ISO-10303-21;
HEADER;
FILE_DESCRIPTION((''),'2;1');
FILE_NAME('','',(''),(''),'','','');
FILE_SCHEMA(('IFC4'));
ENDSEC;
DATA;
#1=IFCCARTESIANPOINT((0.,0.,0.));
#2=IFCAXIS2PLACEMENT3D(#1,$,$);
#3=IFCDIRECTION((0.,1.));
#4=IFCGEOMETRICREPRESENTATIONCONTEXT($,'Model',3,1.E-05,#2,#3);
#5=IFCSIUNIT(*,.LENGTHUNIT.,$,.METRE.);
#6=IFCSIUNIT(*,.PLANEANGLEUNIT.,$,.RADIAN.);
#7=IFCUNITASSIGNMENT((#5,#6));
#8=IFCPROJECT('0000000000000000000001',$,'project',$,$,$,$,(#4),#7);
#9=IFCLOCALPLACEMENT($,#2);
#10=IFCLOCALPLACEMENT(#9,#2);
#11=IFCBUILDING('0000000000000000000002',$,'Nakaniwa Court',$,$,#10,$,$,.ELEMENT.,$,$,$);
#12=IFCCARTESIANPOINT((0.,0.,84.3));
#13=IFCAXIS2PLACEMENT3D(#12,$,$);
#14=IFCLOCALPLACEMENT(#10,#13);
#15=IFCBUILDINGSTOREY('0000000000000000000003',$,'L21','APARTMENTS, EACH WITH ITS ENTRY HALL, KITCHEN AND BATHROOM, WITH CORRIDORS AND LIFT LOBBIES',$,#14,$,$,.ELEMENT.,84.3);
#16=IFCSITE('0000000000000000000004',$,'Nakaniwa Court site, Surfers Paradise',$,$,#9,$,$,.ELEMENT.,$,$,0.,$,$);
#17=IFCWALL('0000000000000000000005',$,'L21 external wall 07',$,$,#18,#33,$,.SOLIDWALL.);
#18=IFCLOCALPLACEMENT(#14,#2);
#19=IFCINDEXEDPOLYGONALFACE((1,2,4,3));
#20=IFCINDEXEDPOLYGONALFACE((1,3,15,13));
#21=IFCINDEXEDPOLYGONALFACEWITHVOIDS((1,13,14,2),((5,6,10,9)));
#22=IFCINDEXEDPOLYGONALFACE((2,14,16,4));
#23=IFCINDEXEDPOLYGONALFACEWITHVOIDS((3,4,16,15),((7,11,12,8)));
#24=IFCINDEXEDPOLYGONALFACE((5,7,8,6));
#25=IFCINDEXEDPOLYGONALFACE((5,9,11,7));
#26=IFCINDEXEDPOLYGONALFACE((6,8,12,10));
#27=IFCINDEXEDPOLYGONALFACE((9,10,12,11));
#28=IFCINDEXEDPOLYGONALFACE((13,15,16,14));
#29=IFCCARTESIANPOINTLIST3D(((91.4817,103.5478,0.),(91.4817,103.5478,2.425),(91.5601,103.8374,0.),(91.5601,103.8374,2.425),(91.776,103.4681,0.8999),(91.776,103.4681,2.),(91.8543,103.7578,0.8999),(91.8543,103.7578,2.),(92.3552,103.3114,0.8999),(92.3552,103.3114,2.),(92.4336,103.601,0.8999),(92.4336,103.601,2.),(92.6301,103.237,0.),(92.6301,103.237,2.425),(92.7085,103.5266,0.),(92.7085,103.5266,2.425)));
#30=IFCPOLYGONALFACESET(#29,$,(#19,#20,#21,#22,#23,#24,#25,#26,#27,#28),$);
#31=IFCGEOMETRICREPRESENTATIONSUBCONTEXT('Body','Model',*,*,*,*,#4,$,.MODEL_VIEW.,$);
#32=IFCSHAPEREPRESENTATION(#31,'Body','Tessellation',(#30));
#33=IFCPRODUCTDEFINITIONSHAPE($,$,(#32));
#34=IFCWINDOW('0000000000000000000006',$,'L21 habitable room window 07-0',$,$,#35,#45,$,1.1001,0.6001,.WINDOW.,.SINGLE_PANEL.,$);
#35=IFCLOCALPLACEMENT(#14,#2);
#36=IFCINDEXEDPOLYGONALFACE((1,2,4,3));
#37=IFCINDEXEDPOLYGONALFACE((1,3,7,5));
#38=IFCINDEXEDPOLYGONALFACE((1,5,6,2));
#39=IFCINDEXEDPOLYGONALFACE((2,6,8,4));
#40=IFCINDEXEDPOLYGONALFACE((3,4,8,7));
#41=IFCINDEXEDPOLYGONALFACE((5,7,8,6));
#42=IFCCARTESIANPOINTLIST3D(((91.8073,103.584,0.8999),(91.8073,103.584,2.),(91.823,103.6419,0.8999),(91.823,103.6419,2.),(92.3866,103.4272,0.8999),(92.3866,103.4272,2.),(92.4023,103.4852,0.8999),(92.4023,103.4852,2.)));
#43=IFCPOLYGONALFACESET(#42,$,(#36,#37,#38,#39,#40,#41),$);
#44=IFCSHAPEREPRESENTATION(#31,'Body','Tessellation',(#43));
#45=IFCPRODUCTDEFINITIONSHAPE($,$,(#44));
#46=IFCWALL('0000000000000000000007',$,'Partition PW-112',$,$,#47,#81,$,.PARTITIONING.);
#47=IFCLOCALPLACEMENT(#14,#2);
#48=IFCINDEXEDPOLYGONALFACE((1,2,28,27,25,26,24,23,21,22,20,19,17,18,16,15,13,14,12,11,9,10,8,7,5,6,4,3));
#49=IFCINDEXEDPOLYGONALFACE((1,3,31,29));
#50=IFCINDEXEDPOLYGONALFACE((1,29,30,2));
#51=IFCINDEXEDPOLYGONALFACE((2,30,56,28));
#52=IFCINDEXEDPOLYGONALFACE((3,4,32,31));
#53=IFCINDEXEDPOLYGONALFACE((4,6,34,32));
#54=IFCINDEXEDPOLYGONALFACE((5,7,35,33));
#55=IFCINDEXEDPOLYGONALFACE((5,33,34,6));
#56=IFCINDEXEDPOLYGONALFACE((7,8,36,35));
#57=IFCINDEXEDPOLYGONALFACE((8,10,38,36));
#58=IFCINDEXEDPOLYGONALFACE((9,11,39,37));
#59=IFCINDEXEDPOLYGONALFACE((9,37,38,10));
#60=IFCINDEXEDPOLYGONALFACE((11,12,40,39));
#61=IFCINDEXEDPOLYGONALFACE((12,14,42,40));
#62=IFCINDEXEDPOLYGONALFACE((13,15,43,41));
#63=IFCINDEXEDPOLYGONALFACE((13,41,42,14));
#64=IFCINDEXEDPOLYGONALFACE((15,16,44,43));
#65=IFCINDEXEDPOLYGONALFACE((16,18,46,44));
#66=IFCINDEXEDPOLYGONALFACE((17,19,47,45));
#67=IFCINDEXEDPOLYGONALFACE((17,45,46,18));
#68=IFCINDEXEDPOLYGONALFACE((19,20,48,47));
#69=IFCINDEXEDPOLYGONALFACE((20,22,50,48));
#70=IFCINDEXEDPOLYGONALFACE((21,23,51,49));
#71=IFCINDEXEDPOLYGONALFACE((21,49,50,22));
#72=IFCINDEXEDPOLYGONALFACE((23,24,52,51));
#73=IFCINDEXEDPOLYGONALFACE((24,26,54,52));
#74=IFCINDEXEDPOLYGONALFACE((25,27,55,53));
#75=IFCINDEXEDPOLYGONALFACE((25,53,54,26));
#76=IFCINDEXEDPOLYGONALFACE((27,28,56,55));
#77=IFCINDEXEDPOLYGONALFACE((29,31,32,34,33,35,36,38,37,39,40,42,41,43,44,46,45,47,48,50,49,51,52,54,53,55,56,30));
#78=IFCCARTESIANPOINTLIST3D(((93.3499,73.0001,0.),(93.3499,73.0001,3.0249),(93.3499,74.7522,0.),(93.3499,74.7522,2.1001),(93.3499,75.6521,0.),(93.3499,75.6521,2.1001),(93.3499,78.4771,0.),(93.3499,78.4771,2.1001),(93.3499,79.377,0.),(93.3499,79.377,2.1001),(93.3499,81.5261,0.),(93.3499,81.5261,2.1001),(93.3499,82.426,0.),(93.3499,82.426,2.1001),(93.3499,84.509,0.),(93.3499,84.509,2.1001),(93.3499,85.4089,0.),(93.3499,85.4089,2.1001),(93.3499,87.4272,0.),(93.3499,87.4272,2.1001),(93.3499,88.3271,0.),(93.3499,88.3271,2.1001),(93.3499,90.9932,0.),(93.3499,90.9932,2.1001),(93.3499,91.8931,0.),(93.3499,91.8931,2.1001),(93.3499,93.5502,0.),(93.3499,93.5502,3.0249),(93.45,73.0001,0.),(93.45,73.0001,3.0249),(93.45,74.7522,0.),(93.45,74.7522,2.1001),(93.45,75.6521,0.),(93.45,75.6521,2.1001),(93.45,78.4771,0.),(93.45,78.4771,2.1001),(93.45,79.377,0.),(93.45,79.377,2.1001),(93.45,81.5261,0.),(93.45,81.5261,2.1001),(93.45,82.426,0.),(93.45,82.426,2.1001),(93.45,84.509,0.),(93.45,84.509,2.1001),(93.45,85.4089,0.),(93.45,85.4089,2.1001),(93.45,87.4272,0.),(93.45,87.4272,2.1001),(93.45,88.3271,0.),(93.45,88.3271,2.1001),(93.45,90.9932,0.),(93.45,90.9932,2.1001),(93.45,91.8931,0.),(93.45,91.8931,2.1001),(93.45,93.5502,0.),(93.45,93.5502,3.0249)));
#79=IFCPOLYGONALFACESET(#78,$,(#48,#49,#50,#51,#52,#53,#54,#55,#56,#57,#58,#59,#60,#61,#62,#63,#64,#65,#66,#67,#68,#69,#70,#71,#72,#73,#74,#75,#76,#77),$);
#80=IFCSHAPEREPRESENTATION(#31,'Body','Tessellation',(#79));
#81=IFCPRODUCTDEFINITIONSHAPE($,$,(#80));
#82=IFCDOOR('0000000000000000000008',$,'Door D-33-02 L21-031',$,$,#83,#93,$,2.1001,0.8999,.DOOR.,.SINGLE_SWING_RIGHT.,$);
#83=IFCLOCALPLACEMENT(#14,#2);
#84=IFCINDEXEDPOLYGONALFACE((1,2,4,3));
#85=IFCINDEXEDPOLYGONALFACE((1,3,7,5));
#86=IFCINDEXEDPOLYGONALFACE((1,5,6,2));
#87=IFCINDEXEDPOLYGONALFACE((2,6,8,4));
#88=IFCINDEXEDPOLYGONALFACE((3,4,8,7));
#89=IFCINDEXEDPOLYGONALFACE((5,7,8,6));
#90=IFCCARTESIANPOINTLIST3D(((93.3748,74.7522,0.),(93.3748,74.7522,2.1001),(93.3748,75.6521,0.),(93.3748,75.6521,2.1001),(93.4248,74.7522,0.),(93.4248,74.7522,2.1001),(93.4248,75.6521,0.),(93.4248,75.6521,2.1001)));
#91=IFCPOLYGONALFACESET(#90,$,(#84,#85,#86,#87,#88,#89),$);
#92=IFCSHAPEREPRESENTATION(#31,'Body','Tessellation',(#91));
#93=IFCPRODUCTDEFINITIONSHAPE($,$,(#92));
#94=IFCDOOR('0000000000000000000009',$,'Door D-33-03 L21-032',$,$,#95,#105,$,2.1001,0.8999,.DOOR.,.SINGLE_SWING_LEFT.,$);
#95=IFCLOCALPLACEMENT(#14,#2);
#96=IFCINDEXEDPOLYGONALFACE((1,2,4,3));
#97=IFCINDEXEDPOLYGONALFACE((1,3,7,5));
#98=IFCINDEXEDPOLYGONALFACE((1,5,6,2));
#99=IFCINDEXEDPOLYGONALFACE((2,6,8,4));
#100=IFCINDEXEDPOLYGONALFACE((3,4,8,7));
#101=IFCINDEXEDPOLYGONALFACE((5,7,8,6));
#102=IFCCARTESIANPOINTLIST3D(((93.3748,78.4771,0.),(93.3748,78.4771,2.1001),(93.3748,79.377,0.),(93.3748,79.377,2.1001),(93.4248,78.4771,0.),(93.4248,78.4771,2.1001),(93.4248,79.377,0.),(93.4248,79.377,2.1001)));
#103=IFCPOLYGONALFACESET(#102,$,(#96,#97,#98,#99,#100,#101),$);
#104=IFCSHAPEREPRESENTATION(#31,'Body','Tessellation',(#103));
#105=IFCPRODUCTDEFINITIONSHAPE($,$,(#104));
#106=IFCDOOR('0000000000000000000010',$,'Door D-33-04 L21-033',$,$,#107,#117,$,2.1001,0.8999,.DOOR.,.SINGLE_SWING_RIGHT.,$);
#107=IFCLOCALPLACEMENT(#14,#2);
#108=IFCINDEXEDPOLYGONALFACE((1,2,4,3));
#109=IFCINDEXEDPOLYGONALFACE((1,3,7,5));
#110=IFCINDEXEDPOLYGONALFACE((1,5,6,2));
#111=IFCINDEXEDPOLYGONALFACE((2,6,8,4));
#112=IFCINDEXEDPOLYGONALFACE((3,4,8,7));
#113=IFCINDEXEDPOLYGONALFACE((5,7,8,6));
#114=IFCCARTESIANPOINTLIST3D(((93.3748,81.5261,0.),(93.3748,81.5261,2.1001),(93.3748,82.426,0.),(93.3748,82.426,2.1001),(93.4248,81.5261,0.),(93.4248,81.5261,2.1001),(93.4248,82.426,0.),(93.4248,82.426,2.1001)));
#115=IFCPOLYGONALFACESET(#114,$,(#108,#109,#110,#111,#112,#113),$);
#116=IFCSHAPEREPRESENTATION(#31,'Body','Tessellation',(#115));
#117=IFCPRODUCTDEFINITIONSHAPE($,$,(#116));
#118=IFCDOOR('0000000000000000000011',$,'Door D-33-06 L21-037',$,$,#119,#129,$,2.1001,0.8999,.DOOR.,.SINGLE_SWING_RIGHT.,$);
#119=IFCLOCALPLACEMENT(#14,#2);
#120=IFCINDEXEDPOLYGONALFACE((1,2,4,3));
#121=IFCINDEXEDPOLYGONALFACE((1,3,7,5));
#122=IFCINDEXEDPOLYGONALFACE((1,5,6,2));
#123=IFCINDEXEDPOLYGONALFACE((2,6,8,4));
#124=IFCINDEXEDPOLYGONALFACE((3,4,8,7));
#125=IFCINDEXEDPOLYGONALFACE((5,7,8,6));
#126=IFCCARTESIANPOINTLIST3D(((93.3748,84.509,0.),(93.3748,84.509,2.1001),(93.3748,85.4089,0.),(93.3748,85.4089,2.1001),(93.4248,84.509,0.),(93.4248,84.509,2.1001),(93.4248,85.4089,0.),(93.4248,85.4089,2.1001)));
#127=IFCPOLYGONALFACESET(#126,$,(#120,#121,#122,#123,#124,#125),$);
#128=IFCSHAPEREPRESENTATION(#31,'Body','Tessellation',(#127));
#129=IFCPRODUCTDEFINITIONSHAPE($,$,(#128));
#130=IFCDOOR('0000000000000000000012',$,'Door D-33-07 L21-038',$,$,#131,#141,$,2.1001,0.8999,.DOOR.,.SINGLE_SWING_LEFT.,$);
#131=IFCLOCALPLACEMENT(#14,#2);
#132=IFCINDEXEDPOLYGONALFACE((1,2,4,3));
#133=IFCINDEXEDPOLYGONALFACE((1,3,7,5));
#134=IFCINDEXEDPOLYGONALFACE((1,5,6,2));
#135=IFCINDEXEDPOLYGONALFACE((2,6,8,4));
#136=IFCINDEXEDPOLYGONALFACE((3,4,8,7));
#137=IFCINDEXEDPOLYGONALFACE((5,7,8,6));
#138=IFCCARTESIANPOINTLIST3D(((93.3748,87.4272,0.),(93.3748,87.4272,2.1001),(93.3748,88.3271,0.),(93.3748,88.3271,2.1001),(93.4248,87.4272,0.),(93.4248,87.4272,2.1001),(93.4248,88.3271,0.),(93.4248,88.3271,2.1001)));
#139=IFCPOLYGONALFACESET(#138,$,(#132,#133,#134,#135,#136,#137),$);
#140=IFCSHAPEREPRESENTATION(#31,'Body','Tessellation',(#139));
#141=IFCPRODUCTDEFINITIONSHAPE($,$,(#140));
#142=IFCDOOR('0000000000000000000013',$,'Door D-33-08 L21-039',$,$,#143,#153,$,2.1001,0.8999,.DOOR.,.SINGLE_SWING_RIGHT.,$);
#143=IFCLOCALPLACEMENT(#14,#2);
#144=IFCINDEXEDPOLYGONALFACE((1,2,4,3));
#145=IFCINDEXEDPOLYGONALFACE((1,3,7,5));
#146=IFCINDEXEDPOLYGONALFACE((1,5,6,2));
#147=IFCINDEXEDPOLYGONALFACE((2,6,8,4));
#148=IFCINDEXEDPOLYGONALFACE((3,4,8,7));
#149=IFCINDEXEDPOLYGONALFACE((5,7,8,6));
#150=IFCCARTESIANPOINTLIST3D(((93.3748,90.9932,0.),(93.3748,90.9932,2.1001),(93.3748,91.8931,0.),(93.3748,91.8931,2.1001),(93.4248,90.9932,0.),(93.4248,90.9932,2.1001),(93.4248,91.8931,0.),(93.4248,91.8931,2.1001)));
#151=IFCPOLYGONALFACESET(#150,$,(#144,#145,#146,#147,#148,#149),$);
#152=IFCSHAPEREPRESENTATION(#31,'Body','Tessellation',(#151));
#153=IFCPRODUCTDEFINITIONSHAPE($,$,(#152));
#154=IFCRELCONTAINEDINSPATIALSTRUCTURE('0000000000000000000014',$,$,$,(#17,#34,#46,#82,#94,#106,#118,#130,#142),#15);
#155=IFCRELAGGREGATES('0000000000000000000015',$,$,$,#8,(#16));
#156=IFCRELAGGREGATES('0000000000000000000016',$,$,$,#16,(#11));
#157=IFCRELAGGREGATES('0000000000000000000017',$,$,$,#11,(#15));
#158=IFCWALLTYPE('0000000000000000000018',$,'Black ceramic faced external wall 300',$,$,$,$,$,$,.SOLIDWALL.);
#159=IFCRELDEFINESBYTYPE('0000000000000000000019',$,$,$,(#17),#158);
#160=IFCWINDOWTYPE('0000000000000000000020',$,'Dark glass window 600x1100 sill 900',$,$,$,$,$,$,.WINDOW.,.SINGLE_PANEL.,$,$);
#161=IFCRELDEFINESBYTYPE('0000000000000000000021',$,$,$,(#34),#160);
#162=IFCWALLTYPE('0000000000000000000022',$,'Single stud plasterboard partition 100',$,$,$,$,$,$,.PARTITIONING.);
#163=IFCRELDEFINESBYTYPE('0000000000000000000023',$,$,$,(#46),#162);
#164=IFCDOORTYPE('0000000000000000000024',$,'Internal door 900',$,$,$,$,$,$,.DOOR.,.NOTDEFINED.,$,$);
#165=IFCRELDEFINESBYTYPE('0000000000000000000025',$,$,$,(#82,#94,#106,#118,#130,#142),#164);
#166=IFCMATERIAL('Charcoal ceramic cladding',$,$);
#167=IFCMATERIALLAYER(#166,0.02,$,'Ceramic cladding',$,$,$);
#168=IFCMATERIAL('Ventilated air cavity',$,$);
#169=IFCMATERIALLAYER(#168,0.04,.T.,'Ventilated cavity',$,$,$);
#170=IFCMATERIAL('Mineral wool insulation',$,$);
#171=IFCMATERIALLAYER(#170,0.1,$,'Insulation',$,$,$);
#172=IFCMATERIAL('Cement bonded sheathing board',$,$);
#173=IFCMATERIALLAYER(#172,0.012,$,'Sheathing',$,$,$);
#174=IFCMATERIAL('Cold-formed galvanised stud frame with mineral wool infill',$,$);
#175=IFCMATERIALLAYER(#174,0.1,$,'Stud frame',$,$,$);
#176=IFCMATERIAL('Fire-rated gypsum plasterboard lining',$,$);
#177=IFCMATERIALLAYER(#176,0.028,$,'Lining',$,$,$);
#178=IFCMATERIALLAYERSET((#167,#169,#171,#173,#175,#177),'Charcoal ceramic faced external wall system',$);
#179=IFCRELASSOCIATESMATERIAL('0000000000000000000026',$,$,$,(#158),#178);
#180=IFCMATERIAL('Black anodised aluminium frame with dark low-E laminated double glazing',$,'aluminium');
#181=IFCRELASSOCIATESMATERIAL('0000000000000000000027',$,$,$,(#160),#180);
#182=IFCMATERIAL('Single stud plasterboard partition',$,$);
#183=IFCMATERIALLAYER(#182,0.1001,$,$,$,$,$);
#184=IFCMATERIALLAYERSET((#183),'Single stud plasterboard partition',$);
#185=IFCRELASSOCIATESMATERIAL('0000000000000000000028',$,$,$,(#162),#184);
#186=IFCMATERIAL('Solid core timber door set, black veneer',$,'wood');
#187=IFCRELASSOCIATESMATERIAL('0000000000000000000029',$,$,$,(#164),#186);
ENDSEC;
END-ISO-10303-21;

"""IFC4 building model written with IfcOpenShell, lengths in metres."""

from ifc_helpers import new_model, si_unit, direction, frame, frame_2d, origin, place, context, subcontext, project, spatial, rectangle, extrude, material, layer, layer_set, type_object, element, fill, save


model = new_model("IFC4")

# Units and contexts
model_context = context("Model", 3, precision=1e-05, world=origin(), true_north=direction((0.0, 1.0)))
body_context = subcontext(model_context, "Body", "Model", "MODEL_VIEW")
ifc_project = project(units=[si_unit("LENGTHUNIT", "METRE"), si_unit("PLANEANGLEUNIT", "RADIAN")], contexts=[model_context])

# Site, building, storey
site_placement = place(None, origin())
site = spatial("IfcSite", under=ifc_project, at=site_placement, Name="Nakaniwa Court site, Surfers Paradise", CompositionType="ELEMENT", RefElevation=0.0)
building_placement = place(site_placement, origin())
building = spatial("IfcBuilding", under=site, at=building_placement, Name="Nakaniwa Court", CompositionType="ELEMENT")
storey_placement = place(building_placement, frame((0.0, 0.0, 84.3)))
storey = spatial("IfcBuildingStorey", under=building, at=storey_placement, Name="L21", Description="APARTMENTS, EACH WITH ITS ENTRY HALL, KITCHEN AND BATHROOM, WITH CORRIDORS AND LIFT LOBBIES", CompositionType="ELEMENT", Elevation=84.3)

# Wall, opening, window
ifc_material_1 = material(Name="Charcoal ceramic cladding")
ifc_layer_1 = layer(ifc_material_1, 0.02, Name="Ceramic cladding")
ifc_material_2 = material(Name="Ventilated air cavity")
ifc_layer_2 = layer(ifc_material_2, 0.04, ventilated=True, Name="Ventilated cavity")
ifc_material_3 = material(Name="Mineral wool insulation")
ifc_layer_3 = layer(ifc_material_3, 0.1, Name="Insulation")
ifc_material_4 = material(Name="Cement bonded sheathing board")
ifc_layer_4 = layer(ifc_material_4, 0.012, Name="Sheathing")
ifc_material_5 = material(Name="Cold-formed galvanised stud frame with mineral wool infill")
ifc_layer_5 = layer(ifc_material_5, 0.1, Name="Stud frame")
ifc_material_6 = material(Name="Fire-rated gypsum plasterboard lining")
ifc_layer_6 = layer(ifc_material_6, 0.028, Name="Lining")
ifc_layer_set_1 = layer_set([ifc_layer_1, ifc_layer_2, ifc_layer_3, ifc_layer_4, ifc_layer_5, ifc_layer_6], Name="Charcoal ceramic faced external wall system")
wall_type_1 = type_object("IfcWallType", Name="Black ceramic faced external wall 300", PredefinedType="SOLIDWALL", material=ifc_layer_set_1)
ifc_material_7 = material(Name="Black anodised aluminium frame with dark low-E laminated double glazing", Category="aluminium")
window_type_1 = type_object("IfcWindowType", Name="Dark glass window 600x1100 sill 900", PartitioningType="SINGLE_PANEL", PredefinedType="WINDOW", material=ifc_material_7)
wall_1_placement = place(storey_placement, frame((92.6692, 103.3818, 0.0), z_axis=(0.0, 0.0, 1.0), x_axis=(-0.965278, 0.261224, 0.0)))
wall_1 = element("IfcWall", 1, at=wall_1_placement, inside=storey, type_object=wall_type_1, Name="L21 external wall 07", PredefinedType="SOLIDWALL", context=body_context, shape_type="SweptSolid", body=[
    extrude(rectangle(XDim=1.1897, YDim=0.3, at=frame_2d((0.5947, 0.0))), origin(), (0.0, 0.0, 1.0), 2.425),
])
opening_1_placement = place(wall_1_placement, frame((0.2847, 0.0, 0.8999)))
opening_1 = element("IfcOpeningElement", 2, at=opening_1_placement, cuts=wall_1, PredefinedType="OPENING", context=body_context, shape_type="SweptSolid", body=[
    extrude(rectangle(XDim=0.6001, YDim=1.1001, at=frame_2d((0.3, 0.55))), frame((0.0, 0.1599, 0.0), z_axis=(0.0, -1.0, 0.0), x_axis=(1.0, 0.0, 0.0)), (0.0, 0.0, 1.0), 0.3201),
])
window_1_placement = place(opening_1_placement, origin())
window_1 = element("IfcWindow", 3, at=window_1_placement, inside=storey, type_object=window_type_1, Name="L21 habitable room window 07-0", OverallHeight=1.1001, OverallWidth=0.6001, PartitioningType="SINGLE_PANEL", PredefinedType="WINDOW", context=body_context, shape_type="SweptSolid", body=[
    extrude(rectangle(XDim=0.6001, YDim=1.1001, at=frame_2d((0.3, 0.55))), frame((0.0, 0.03, 0.0), z_axis=(0.0, -1.0, 0.0), x_axis=(1.0, 0.0, 0.0)), (0.0, 0.0, 1.0), 0.0601),
])
fill(opening_1, window_1)

# Wall, openings, doors
ifc_material_8 = material(Name="Single stud plasterboard partition")
ifc_layer_7 = layer(ifc_material_8, 0.1001)
ifc_layer_set_2 = layer_set([ifc_layer_7], Name="Single stud plasterboard partition")
wall_type_2 = type_object("IfcWallType", Name="Single stud plasterboard partition 100", PredefinedType="PARTITIONING", material=ifc_layer_set_2)
wall_2_placement = place(storey_placement, frame((93.3999, 93.55, 0.0), z_axis=(0.0, 0.0, 1.0), x_axis=(0.0, -1.0, 0.0)))
wall_2 = element("IfcWall", 4, at=wall_2_placement, inside=storey, type_object=wall_type_2, Name="Partition PW-112", PredefinedType="PARTITIONING", context=body_context, shape_type="SweptSolid", body=[
    extrude(rectangle(XDim=20.55, YDim=0.1001, at=frame_2d((10.2749, 0.0))), origin(), (0.0, 0.0, 1.0), 3.0249),
])
opening_2_placement = place(wall_2_placement, frame((17.8979, 0.0, 0.0)))
opening_2 = element("IfcOpeningElement", 5, at=opening_2_placement, cuts=wall_2, PredefinedType="OPENING", context=body_context, shape_type="SweptSolid", body=[
    extrude(rectangle(XDim=0.8999, YDim=2.1001, at=frame_2d((0.45, 1.05))), frame((0.0, 0.0601, 0.0), z_axis=(0.0, -1.0, 0.0), x_axis=(1.0, 0.0, 0.0)), (0.0, 0.0, 1.0), 0.1201),
])
opening_3_placement = place(wall_2_placement, frame((14.1731, 0.0, 0.0)))
opening_3 = element("IfcOpeningElement", 6, at=opening_3_placement, cuts=wall_2, PredefinedType="OPENING", context=body_context, shape_type="SweptSolid", body=[
    extrude(rectangle(XDim=0.8999, YDim=2.1001, at=frame_2d((0.45, 1.05))), frame((0.0, 0.0601, 0.0), z_axis=(0.0, -1.0, 0.0), x_axis=(1.0, 0.0, 0.0)), (0.0, 0.0, 1.0), 0.1201),
])
opening_4_placement = place(wall_2_placement, frame((11.124, 0.0, 0.0)))
opening_4 = element("IfcOpeningElement", 7, at=opening_4_placement, cuts=wall_2, PredefinedType="OPENING", context=body_context, shape_type="SweptSolid", body=[
    extrude(rectangle(XDim=0.8999, YDim=2.1001, at=frame_2d((0.45, 1.05))), frame((0.0, 0.0601, 0.0), z_axis=(0.0, -1.0, 0.0), x_axis=(1.0, 0.0, 0.0)), (0.0, 0.0, 1.0), 0.1201),
])
opening_5_placement = place(wall_2_placement, frame((8.1411, 0.0, 0.0)))
opening_5 = element("IfcOpeningElement", 8, at=opening_5_placement, cuts=wall_2, PredefinedType="OPENING", context=body_context, shape_type="SweptSolid", body=[
    extrude(rectangle(XDim=0.8999, YDim=2.1001, at=frame_2d((0.45, 1.05))), frame((0.0, 0.0601, 0.0), z_axis=(0.0, -1.0, 0.0), x_axis=(1.0, 0.0, 0.0)), (0.0, 0.0, 1.0), 0.1201),
])
opening_6_placement = place(wall_2_placement, frame((5.2229, 0.0, 0.0)))
opening_6 = element("IfcOpeningElement", 9, at=opening_6_placement, cuts=wall_2, PredefinedType="OPENING", context=body_context, shape_type="SweptSolid", body=[
    extrude(rectangle(XDim=0.8999, YDim=2.1001, at=frame_2d((0.45, 1.05))), frame((0.0, 0.0601, 0.0), z_axis=(0.0, -1.0, 0.0), x_axis=(1.0, 0.0, 0.0)), (0.0, 0.0, 1.0), 0.1201),
])
opening_7_placement = place(wall_2_placement, frame((1.657, 0.0, 0.0)))
opening_7 = element("IfcOpeningElement", 10, at=opening_7_placement, cuts=wall_2, PredefinedType="OPENING", context=body_context, shape_type="SweptSolid", body=[
    extrude(rectangle(XDim=0.8999, YDim=2.1001, at=frame_2d((0.45, 1.05))), frame((0.0, 0.0601, 0.0), z_axis=(0.0, -1.0, 0.0), x_axis=(1.0, 0.0, 0.0)), (0.0, 0.0, 1.0), 0.1201),
])
ifc_material_9 = material(Name="Solid core timber door set, black veneer", Category="wood")
door_type = type_object("IfcDoorType", Name="Internal door 900", OperationType="NOTDEFINED", PredefinedType="DOOR", material=ifc_material_9)
door_1_placement = place(opening_2_placement, origin())
door_1 = element("IfcDoor", 11, at=door_1_placement, inside=storey, type_object=door_type, Name="Door D-33-02 L21-031", OperationType="SINGLE_SWING_RIGHT", OverallHeight=2.1001, OverallWidth=0.8999, PredefinedType="DOOR", context=body_context, shape_type="SweptSolid", body=[
    extrude(rectangle(XDim=0.8999, YDim=2.1001, at=frame_2d((0.45, 1.05))), frame((0.0, 0.0249, 0.0), z_axis=(0.0, -1.0, 0.0), x_axis=(1.0, 0.0, 0.0)), (0.0, 0.0, 1.0), 0.05),
])
fill(opening_2, door_1)
door_2_placement = place(opening_3_placement, origin())
door_2 = element("IfcDoor", 12, at=door_2_placement, inside=storey, type_object=door_type, Name="Door D-33-03 L21-032", OperationType="SINGLE_SWING_LEFT", OverallHeight=2.1001, OverallWidth=0.8999, PredefinedType="DOOR", context=body_context, shape_type="SweptSolid", body=[
    extrude(rectangle(XDim=0.8999, YDim=2.1001, at=frame_2d((0.45, 1.05))), frame((0.0, 0.0249, 0.0), z_axis=(0.0, -1.0, 0.0), x_axis=(1.0, 0.0, 0.0)), (0.0, 0.0, 1.0), 0.05),
])
fill(opening_3, door_2)
door_3_placement = place(opening_4_placement, origin())
door_3 = element("IfcDoor", 13, at=door_3_placement, inside=storey, type_object=door_type, Name="Door D-33-04 L21-033", OperationType="SINGLE_SWING_RIGHT", OverallHeight=2.1001, OverallWidth=0.8999, PredefinedType="DOOR", context=body_context, shape_type="SweptSolid", body=[
    extrude(rectangle(XDim=0.8999, YDim=2.1001, at=frame_2d((0.45, 1.05))), frame((0.0, 0.0249, 0.0), z_axis=(0.0, -1.0, 0.0), x_axis=(1.0, 0.0, 0.0)), (0.0, 0.0, 1.0), 0.05),
])
fill(opening_4, door_3)
door_4_placement = place(opening_5_placement, origin())
door_4 = element("IfcDoor", 14, at=door_4_placement, inside=storey, type_object=door_type, Name="Door D-33-06 L21-037", OperationType="SINGLE_SWING_RIGHT", OverallHeight=2.1001, OverallWidth=0.8999, PredefinedType="DOOR", context=body_context, shape_type="SweptSolid", body=[
    extrude(rectangle(XDim=0.8999, YDim=2.1001, at=frame_2d((0.45, 1.05))), frame((0.0, 0.0249, 0.0), z_axis=(0.0, -1.0, 0.0), x_axis=(1.0, 0.0, 0.0)), (0.0, 0.0, 1.0), 0.05),
])
fill(opening_5, door_4)
door_5_placement = place(opening_6_placement, origin())
door_5 = element("IfcDoor", 15, at=door_5_placement, inside=storey, type_object=door_type, Name="Door D-33-07 L21-038", OperationType="SINGLE_SWING_LEFT", OverallHeight=2.1001, OverallWidth=0.8999, PredefinedType="DOOR", context=body_context, shape_type="SweptSolid", body=[
    extrude(rectangle(XDim=0.8999, YDim=2.1001, at=frame_2d((0.45, 1.05))), frame((0.0, 0.0249, 0.0), z_axis=(0.0, -1.0, 0.0), x_axis=(1.0, 0.0, 0.0)), (0.0, 0.0, 1.0), 0.05),
])
fill(opening_6, door_5)
door_6_placement = place(opening_7_placement, origin())
door_6 = element("IfcDoor", 16, at=door_6_placement, inside=storey, type_object=door_type, Name="Door D-33-08 L21-039", OperationType="SINGLE_SWING_RIGHT", OverallHeight=2.1001, OverallWidth=0.8999, PredefinedType="DOOR", context=body_context, shape_type="SweptSolid", body=[
    extrude(rectangle(XDim=0.8999, YDim=2.1001, at=frame_2d((0.45, 1.05))), frame((0.0, 0.0249, 0.0), z_axis=(0.0, -1.0, 0.0), x_axis=(1.0, 0.0, 0.0)), (0.0, 0.0, 1.0), 0.05),
])
fill(opening_7, door_6)

save(model, "model.ifc")
